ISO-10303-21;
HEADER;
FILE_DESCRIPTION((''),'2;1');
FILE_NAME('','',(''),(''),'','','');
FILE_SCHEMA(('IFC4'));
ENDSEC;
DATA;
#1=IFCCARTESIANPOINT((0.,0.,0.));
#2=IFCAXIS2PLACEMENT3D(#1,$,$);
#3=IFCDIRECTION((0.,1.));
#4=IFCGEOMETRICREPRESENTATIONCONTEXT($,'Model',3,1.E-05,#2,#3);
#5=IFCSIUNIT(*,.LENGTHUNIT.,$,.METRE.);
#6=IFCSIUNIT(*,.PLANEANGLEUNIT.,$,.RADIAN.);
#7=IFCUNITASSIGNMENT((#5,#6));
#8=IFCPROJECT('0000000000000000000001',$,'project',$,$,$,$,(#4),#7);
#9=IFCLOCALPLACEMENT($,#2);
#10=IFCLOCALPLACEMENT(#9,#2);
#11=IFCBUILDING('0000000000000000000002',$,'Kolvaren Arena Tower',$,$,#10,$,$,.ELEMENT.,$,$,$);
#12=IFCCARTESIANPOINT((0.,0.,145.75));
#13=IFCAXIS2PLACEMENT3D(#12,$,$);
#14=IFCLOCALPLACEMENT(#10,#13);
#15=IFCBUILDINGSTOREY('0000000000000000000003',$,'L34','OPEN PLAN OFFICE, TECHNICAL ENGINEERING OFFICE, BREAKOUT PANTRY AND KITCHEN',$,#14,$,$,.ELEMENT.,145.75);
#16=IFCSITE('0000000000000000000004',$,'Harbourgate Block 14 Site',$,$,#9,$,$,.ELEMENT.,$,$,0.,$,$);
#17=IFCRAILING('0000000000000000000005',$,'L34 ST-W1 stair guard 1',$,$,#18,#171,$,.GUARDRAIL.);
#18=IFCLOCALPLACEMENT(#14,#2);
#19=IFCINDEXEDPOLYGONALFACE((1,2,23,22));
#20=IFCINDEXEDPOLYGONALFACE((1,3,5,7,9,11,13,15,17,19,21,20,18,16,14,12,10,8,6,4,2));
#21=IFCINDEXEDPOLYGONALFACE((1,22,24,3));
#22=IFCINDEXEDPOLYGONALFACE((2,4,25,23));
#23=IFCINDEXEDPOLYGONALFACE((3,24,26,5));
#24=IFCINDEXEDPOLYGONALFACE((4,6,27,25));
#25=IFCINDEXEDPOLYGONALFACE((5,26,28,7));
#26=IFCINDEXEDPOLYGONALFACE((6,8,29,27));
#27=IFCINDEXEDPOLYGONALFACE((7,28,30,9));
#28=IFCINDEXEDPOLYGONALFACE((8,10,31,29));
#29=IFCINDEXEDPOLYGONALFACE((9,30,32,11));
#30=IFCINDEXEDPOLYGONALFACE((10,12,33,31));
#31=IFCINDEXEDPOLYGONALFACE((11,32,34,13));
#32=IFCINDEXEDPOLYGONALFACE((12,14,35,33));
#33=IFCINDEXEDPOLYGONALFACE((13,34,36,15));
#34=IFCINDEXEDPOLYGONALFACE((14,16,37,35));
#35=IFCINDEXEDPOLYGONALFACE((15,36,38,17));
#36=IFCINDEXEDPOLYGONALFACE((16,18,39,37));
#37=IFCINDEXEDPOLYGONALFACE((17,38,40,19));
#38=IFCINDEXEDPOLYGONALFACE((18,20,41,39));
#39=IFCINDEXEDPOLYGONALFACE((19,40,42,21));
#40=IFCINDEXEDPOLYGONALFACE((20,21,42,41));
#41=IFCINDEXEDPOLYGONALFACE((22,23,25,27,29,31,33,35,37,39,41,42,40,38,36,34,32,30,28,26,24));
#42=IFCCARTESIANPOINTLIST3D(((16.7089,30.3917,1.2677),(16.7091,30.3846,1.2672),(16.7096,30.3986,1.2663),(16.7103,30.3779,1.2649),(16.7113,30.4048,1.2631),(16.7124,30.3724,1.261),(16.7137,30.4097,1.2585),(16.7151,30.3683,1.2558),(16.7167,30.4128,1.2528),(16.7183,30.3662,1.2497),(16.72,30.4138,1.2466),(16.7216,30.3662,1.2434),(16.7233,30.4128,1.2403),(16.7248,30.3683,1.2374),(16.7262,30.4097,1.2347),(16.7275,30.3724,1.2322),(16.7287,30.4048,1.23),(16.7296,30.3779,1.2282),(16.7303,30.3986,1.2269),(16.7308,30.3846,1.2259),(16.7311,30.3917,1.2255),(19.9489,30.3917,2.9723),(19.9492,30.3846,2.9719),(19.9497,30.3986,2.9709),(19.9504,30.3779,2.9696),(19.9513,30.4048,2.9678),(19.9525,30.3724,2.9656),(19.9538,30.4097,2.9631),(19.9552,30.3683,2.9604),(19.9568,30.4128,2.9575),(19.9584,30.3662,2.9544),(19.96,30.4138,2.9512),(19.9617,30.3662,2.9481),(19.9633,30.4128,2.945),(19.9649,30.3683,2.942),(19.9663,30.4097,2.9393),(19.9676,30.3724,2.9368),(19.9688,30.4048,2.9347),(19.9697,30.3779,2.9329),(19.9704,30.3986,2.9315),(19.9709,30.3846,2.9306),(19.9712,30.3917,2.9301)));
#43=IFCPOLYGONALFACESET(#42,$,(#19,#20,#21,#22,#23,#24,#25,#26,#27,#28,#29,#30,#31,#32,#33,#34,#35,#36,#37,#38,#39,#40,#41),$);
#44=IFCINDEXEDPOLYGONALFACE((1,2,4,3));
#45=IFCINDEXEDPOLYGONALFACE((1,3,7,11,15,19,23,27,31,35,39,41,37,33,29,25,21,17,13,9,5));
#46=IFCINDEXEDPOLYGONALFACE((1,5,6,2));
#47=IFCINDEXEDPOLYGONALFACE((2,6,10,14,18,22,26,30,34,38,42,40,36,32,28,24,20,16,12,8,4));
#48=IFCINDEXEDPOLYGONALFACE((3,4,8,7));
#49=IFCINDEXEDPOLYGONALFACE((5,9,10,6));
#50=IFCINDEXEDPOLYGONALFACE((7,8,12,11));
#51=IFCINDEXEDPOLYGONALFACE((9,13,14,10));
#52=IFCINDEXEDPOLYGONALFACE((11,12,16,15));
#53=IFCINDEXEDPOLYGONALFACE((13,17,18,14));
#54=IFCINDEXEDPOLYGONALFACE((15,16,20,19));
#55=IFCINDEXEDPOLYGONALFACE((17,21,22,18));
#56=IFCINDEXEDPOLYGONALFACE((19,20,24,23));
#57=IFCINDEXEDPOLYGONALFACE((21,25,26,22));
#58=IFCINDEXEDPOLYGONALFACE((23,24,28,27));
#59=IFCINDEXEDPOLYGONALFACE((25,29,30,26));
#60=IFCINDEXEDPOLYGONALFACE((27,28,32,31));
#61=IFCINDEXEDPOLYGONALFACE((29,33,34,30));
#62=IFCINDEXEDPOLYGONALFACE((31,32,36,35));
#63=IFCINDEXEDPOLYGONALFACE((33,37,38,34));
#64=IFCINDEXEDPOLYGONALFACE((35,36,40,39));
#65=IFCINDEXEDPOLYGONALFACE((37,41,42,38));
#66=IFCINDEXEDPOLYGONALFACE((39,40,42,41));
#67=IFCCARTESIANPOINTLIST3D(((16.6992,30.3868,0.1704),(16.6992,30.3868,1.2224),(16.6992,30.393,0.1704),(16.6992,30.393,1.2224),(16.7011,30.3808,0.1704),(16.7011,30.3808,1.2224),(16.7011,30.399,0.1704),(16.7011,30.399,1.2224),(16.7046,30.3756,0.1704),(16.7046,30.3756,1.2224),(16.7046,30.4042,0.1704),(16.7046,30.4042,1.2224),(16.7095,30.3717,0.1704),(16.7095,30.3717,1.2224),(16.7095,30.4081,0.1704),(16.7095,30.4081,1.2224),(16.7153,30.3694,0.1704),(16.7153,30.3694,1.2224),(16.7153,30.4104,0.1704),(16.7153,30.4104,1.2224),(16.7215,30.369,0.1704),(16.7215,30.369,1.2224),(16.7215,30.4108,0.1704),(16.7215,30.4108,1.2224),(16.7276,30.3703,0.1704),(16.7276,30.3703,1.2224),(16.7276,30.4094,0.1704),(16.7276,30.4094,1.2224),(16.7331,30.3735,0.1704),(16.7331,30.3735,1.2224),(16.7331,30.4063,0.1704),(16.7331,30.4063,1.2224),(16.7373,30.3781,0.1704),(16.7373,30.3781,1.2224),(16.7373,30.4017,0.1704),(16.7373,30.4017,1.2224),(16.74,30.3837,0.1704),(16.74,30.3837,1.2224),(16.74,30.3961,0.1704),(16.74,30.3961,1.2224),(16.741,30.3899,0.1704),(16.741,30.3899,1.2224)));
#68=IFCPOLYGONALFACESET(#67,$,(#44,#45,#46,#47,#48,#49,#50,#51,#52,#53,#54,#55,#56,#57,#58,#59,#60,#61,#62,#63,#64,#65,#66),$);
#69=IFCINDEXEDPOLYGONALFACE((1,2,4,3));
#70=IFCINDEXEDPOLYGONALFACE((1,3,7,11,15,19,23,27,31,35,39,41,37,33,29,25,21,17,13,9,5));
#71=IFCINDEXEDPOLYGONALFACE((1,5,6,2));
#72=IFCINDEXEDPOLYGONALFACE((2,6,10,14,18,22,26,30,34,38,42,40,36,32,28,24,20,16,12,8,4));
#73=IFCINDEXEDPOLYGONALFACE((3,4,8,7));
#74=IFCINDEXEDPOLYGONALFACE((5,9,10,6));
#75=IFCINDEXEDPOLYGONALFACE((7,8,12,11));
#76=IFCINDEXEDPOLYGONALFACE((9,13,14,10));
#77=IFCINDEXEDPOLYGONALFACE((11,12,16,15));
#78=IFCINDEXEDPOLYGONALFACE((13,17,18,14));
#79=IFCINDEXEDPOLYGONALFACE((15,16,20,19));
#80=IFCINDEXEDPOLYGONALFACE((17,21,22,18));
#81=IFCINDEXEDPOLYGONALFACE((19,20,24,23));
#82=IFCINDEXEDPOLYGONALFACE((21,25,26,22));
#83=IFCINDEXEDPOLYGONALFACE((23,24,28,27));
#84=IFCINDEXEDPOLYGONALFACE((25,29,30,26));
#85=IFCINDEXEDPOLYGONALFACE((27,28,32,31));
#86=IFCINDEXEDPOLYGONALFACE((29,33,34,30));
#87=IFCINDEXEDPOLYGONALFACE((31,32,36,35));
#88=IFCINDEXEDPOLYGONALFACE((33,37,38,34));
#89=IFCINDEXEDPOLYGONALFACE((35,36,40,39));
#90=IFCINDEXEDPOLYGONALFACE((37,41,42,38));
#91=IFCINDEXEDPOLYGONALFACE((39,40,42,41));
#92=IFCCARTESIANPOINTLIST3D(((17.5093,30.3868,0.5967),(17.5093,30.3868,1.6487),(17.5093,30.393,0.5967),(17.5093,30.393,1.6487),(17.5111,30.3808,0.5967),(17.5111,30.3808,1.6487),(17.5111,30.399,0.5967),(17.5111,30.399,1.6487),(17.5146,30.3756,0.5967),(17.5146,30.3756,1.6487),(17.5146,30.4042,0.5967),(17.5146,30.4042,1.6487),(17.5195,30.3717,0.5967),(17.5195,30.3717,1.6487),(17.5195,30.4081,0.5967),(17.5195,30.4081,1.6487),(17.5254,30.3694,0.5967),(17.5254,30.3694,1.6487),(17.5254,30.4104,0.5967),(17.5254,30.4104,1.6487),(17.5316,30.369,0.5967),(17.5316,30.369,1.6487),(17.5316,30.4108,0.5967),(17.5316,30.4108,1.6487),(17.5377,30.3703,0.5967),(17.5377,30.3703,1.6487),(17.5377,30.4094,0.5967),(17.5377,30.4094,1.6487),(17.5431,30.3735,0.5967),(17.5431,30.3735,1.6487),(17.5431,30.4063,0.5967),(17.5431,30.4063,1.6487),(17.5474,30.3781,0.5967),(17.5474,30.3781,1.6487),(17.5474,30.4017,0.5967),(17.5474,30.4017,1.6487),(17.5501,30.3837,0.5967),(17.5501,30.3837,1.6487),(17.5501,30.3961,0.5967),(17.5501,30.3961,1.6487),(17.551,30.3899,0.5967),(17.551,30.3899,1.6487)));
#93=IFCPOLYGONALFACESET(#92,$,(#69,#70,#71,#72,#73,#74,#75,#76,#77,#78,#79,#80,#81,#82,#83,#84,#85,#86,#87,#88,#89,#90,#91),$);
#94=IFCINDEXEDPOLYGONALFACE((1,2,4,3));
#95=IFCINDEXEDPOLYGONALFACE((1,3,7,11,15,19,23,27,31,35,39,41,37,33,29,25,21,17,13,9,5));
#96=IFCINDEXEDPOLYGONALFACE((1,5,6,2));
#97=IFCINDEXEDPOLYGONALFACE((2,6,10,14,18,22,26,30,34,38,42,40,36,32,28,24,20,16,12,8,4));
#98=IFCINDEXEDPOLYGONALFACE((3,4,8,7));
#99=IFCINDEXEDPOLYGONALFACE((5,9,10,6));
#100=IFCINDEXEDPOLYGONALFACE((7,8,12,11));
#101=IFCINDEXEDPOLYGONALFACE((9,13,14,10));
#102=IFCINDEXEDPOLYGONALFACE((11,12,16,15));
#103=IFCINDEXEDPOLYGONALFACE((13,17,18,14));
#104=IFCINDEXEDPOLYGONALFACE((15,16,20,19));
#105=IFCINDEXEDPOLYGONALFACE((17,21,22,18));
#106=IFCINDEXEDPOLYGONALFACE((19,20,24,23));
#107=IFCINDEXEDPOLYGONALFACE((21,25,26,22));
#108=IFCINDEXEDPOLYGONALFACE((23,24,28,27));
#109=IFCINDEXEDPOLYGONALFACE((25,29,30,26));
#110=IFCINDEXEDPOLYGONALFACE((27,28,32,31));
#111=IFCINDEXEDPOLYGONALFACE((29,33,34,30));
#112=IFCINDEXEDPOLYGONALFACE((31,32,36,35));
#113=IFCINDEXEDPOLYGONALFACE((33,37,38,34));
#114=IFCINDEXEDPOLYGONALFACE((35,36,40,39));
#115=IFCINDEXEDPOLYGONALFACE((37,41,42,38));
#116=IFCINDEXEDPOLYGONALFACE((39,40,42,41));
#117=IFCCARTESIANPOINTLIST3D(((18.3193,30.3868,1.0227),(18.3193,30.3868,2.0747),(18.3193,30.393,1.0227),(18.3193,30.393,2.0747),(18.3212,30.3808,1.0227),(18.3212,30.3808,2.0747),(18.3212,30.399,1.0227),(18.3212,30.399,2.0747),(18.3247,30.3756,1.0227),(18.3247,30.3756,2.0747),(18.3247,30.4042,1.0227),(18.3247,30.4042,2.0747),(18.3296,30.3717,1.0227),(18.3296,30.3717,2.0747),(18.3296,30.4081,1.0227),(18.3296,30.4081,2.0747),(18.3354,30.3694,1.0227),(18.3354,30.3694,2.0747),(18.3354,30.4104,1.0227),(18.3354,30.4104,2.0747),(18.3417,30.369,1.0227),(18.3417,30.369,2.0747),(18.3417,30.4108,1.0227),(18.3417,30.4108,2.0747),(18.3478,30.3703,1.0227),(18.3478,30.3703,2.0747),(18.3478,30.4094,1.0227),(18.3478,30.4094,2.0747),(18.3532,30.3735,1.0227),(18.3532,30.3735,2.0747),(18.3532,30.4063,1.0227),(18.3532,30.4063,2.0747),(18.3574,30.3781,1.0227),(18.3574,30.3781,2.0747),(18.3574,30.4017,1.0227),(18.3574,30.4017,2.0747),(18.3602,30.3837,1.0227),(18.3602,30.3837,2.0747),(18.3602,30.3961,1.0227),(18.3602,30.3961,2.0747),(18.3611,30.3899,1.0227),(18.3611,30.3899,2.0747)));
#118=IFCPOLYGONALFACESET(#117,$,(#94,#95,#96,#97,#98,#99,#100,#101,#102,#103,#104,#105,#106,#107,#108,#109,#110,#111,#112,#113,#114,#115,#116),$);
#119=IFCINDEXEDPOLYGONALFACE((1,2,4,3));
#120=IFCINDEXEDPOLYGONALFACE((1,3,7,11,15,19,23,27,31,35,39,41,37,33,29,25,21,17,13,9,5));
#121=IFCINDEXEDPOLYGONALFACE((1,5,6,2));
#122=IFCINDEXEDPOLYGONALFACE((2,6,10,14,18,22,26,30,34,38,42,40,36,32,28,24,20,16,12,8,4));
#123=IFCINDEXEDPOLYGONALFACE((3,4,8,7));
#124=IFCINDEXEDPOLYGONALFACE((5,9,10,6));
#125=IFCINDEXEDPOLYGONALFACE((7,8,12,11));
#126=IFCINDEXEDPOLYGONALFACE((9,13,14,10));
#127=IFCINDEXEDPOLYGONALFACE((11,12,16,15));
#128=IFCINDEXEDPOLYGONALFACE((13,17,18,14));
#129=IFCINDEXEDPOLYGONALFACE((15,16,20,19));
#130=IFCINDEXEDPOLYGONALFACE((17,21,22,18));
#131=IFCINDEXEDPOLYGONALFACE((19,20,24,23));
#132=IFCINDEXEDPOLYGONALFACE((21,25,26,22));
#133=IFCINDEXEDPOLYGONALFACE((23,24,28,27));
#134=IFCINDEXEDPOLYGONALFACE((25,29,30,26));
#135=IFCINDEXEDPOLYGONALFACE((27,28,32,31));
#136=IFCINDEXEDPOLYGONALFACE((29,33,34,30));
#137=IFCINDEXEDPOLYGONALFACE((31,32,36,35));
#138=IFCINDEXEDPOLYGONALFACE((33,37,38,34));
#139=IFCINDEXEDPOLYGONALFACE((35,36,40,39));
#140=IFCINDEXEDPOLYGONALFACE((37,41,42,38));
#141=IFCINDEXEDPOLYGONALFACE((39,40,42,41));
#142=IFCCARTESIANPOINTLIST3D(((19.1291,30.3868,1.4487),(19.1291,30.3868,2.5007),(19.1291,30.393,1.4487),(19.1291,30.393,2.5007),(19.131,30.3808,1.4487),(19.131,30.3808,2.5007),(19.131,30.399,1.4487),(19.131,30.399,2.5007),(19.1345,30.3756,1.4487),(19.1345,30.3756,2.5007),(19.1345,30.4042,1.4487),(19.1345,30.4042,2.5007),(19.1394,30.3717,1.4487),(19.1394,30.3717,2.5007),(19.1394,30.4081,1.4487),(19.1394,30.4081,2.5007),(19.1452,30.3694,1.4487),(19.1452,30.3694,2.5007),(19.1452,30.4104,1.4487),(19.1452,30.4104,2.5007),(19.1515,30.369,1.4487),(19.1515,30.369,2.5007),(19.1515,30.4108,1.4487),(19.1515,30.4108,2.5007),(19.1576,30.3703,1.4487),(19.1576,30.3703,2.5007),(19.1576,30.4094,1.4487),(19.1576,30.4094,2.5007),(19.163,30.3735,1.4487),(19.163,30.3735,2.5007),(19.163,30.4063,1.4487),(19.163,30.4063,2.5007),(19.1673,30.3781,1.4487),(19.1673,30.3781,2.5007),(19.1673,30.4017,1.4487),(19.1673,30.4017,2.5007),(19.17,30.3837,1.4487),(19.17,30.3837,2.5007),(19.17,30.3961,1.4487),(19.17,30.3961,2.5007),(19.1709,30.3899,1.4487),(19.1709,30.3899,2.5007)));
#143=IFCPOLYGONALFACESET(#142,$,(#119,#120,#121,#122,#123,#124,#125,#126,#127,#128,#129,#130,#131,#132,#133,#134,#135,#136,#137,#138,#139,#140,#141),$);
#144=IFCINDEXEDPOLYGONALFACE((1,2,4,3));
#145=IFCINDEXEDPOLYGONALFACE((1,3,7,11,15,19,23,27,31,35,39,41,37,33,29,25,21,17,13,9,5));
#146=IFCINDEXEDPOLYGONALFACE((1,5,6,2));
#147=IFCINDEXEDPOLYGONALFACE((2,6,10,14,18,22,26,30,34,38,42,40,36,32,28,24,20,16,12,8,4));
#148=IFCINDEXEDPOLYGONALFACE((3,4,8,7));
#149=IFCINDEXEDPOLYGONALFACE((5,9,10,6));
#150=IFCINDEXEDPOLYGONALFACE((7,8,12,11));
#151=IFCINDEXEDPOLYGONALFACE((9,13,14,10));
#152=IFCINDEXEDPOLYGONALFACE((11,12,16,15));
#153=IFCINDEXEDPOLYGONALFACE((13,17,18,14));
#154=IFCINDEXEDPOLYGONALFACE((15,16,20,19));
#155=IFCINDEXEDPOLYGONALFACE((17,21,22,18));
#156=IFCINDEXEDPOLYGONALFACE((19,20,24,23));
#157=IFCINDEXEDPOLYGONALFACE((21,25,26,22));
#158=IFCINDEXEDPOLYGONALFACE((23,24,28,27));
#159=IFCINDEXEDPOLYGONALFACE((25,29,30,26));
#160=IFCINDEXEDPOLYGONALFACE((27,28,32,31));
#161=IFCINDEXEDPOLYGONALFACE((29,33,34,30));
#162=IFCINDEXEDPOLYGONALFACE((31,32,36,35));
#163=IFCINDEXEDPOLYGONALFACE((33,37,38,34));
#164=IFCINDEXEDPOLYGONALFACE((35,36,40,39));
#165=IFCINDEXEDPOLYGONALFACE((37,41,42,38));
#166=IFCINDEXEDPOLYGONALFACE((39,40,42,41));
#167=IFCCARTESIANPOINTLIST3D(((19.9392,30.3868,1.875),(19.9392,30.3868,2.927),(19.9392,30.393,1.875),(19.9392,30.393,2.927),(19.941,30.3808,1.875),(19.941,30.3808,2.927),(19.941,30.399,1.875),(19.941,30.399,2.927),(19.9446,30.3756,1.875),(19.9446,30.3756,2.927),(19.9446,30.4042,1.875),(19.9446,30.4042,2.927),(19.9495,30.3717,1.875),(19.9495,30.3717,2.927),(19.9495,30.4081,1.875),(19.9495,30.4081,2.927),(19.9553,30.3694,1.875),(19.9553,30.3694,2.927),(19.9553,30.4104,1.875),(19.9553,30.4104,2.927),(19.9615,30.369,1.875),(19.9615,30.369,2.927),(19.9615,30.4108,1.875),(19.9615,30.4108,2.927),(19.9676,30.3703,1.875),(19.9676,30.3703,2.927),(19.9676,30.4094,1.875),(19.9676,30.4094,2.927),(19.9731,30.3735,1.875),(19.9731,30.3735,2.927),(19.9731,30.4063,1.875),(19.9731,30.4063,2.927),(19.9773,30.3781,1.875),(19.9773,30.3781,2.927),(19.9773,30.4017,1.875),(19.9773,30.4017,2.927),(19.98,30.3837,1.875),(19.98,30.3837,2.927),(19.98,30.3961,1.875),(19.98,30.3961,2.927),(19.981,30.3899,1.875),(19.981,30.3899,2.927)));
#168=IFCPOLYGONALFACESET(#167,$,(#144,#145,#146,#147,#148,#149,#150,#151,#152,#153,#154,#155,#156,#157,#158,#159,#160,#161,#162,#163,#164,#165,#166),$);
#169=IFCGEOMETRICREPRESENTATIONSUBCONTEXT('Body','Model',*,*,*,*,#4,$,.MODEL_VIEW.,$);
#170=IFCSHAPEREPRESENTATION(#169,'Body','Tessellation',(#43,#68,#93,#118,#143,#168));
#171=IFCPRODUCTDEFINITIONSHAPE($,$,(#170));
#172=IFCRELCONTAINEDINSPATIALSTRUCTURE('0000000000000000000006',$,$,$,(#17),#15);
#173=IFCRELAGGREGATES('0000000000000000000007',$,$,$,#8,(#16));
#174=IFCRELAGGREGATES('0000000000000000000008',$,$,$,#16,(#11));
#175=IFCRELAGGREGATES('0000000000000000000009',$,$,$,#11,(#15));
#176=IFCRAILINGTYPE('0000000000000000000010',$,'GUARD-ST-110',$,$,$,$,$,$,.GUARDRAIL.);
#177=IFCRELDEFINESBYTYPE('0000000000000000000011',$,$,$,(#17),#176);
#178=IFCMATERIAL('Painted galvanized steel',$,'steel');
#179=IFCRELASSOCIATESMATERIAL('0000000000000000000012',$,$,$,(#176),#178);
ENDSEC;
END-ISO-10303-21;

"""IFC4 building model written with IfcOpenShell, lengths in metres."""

from ifc_helpers import new_model, si_unit, direction, frame, origin, origin_2d, place, context, subcontext, project, spatial, circle, extrude, material, type_object, element, save


model = new_model("IFC4")

# Units and contexts
model_context = context("Model", 3, precision=1e-05, world=origin(), true_north=direction((0.0, 1.0)))
body_context = subcontext(model_context, "Body", "Model", "MODEL_VIEW")
ifc_project = project(units=[si_unit("LENGTHUNIT", "METRE"), si_unit("PLANEANGLEUNIT", "RADIAN")], contexts=[model_context])

# Site, building, storey
site_placement = place(None, origin())
site = spatial("IfcSite", under=ifc_project, at=site_placement, Name="Harbourgate Block 14 Site", CompositionType="ELEMENT", RefElevation=0.0)
building_placement = place(site_placement, origin())
building = spatial("IfcBuilding", under=site, at=building_placement, Name="Kolvaren Arena Tower", CompositionType="ELEMENT")
storey_placement = place(building_placement, frame((0.0, 0.0, 145.75)))
storey = spatial("IfcBuildingStorey", under=building, at=storey_placement, Name="L34", Description="OPEN PLAN OFFICE, TECHNICAL ENGINEERING OFFICE, BREAKOUT PANTRY AND KITCHEN", CompositionType="ELEMENT", Elevation=145.75)

# Railing
ifc_material_1 = material(Name="Painted galvanized steel", Category="steel")
railing_type_1 = type_object("IfcRailingType", Name="GUARD-ST-110", PredefinedType="GUARDRAIL", material=ifc_material_1)
railing_1_placement = place(storey_placement, frame((16.72, 30.3899, 0.1704)))
element("IfcRailing", 1, at=railing_1_placement, inside=storey, type_object=railing_type_1, Name="L34 ST-W1 stair guard 1", PredefinedType="GUARDRAIL", context=body_context, shape_type="SweptSolid", body=[
    extrude(circle(Radius=0.0239, at=origin_2d()), frame((0.0, 0.0, 1.0762), z_axis=(0.884993, 0.0, 0.465604), x_axis=(0.0, 1.0, 0.0)), (0.0, 0.0, 1.0), 3.6611),
    extrude(circle(Radius=0.021, at=origin_2d()), origin(), (0.0, 0.0, 1.0), 1.052),
    extrude(circle(Radius=0.021, at=origin_2d()), frame((0.8101, 0.0, 0.4263)), (0.0, 0.0, 1.0), 1.052),
    extrude(circle(Radius=0.021, at=origin_2d()), frame((1.6201, 0.0, 0.8523)), (0.0, 0.0, 1.0), 1.052),
    extrude(circle(Radius=0.021, at=origin_2d()), frame((2.4299, 0.0, 1.2783)), (0.0, 0.0, 1.0), 1.052),
    extrude(circle(Radius=0.021, at=origin_2d()), frame((3.24, 0.0, 1.7046)), (0.0, 0.0, 1.0), 1.052),
])

save(model, "model.ifc")
